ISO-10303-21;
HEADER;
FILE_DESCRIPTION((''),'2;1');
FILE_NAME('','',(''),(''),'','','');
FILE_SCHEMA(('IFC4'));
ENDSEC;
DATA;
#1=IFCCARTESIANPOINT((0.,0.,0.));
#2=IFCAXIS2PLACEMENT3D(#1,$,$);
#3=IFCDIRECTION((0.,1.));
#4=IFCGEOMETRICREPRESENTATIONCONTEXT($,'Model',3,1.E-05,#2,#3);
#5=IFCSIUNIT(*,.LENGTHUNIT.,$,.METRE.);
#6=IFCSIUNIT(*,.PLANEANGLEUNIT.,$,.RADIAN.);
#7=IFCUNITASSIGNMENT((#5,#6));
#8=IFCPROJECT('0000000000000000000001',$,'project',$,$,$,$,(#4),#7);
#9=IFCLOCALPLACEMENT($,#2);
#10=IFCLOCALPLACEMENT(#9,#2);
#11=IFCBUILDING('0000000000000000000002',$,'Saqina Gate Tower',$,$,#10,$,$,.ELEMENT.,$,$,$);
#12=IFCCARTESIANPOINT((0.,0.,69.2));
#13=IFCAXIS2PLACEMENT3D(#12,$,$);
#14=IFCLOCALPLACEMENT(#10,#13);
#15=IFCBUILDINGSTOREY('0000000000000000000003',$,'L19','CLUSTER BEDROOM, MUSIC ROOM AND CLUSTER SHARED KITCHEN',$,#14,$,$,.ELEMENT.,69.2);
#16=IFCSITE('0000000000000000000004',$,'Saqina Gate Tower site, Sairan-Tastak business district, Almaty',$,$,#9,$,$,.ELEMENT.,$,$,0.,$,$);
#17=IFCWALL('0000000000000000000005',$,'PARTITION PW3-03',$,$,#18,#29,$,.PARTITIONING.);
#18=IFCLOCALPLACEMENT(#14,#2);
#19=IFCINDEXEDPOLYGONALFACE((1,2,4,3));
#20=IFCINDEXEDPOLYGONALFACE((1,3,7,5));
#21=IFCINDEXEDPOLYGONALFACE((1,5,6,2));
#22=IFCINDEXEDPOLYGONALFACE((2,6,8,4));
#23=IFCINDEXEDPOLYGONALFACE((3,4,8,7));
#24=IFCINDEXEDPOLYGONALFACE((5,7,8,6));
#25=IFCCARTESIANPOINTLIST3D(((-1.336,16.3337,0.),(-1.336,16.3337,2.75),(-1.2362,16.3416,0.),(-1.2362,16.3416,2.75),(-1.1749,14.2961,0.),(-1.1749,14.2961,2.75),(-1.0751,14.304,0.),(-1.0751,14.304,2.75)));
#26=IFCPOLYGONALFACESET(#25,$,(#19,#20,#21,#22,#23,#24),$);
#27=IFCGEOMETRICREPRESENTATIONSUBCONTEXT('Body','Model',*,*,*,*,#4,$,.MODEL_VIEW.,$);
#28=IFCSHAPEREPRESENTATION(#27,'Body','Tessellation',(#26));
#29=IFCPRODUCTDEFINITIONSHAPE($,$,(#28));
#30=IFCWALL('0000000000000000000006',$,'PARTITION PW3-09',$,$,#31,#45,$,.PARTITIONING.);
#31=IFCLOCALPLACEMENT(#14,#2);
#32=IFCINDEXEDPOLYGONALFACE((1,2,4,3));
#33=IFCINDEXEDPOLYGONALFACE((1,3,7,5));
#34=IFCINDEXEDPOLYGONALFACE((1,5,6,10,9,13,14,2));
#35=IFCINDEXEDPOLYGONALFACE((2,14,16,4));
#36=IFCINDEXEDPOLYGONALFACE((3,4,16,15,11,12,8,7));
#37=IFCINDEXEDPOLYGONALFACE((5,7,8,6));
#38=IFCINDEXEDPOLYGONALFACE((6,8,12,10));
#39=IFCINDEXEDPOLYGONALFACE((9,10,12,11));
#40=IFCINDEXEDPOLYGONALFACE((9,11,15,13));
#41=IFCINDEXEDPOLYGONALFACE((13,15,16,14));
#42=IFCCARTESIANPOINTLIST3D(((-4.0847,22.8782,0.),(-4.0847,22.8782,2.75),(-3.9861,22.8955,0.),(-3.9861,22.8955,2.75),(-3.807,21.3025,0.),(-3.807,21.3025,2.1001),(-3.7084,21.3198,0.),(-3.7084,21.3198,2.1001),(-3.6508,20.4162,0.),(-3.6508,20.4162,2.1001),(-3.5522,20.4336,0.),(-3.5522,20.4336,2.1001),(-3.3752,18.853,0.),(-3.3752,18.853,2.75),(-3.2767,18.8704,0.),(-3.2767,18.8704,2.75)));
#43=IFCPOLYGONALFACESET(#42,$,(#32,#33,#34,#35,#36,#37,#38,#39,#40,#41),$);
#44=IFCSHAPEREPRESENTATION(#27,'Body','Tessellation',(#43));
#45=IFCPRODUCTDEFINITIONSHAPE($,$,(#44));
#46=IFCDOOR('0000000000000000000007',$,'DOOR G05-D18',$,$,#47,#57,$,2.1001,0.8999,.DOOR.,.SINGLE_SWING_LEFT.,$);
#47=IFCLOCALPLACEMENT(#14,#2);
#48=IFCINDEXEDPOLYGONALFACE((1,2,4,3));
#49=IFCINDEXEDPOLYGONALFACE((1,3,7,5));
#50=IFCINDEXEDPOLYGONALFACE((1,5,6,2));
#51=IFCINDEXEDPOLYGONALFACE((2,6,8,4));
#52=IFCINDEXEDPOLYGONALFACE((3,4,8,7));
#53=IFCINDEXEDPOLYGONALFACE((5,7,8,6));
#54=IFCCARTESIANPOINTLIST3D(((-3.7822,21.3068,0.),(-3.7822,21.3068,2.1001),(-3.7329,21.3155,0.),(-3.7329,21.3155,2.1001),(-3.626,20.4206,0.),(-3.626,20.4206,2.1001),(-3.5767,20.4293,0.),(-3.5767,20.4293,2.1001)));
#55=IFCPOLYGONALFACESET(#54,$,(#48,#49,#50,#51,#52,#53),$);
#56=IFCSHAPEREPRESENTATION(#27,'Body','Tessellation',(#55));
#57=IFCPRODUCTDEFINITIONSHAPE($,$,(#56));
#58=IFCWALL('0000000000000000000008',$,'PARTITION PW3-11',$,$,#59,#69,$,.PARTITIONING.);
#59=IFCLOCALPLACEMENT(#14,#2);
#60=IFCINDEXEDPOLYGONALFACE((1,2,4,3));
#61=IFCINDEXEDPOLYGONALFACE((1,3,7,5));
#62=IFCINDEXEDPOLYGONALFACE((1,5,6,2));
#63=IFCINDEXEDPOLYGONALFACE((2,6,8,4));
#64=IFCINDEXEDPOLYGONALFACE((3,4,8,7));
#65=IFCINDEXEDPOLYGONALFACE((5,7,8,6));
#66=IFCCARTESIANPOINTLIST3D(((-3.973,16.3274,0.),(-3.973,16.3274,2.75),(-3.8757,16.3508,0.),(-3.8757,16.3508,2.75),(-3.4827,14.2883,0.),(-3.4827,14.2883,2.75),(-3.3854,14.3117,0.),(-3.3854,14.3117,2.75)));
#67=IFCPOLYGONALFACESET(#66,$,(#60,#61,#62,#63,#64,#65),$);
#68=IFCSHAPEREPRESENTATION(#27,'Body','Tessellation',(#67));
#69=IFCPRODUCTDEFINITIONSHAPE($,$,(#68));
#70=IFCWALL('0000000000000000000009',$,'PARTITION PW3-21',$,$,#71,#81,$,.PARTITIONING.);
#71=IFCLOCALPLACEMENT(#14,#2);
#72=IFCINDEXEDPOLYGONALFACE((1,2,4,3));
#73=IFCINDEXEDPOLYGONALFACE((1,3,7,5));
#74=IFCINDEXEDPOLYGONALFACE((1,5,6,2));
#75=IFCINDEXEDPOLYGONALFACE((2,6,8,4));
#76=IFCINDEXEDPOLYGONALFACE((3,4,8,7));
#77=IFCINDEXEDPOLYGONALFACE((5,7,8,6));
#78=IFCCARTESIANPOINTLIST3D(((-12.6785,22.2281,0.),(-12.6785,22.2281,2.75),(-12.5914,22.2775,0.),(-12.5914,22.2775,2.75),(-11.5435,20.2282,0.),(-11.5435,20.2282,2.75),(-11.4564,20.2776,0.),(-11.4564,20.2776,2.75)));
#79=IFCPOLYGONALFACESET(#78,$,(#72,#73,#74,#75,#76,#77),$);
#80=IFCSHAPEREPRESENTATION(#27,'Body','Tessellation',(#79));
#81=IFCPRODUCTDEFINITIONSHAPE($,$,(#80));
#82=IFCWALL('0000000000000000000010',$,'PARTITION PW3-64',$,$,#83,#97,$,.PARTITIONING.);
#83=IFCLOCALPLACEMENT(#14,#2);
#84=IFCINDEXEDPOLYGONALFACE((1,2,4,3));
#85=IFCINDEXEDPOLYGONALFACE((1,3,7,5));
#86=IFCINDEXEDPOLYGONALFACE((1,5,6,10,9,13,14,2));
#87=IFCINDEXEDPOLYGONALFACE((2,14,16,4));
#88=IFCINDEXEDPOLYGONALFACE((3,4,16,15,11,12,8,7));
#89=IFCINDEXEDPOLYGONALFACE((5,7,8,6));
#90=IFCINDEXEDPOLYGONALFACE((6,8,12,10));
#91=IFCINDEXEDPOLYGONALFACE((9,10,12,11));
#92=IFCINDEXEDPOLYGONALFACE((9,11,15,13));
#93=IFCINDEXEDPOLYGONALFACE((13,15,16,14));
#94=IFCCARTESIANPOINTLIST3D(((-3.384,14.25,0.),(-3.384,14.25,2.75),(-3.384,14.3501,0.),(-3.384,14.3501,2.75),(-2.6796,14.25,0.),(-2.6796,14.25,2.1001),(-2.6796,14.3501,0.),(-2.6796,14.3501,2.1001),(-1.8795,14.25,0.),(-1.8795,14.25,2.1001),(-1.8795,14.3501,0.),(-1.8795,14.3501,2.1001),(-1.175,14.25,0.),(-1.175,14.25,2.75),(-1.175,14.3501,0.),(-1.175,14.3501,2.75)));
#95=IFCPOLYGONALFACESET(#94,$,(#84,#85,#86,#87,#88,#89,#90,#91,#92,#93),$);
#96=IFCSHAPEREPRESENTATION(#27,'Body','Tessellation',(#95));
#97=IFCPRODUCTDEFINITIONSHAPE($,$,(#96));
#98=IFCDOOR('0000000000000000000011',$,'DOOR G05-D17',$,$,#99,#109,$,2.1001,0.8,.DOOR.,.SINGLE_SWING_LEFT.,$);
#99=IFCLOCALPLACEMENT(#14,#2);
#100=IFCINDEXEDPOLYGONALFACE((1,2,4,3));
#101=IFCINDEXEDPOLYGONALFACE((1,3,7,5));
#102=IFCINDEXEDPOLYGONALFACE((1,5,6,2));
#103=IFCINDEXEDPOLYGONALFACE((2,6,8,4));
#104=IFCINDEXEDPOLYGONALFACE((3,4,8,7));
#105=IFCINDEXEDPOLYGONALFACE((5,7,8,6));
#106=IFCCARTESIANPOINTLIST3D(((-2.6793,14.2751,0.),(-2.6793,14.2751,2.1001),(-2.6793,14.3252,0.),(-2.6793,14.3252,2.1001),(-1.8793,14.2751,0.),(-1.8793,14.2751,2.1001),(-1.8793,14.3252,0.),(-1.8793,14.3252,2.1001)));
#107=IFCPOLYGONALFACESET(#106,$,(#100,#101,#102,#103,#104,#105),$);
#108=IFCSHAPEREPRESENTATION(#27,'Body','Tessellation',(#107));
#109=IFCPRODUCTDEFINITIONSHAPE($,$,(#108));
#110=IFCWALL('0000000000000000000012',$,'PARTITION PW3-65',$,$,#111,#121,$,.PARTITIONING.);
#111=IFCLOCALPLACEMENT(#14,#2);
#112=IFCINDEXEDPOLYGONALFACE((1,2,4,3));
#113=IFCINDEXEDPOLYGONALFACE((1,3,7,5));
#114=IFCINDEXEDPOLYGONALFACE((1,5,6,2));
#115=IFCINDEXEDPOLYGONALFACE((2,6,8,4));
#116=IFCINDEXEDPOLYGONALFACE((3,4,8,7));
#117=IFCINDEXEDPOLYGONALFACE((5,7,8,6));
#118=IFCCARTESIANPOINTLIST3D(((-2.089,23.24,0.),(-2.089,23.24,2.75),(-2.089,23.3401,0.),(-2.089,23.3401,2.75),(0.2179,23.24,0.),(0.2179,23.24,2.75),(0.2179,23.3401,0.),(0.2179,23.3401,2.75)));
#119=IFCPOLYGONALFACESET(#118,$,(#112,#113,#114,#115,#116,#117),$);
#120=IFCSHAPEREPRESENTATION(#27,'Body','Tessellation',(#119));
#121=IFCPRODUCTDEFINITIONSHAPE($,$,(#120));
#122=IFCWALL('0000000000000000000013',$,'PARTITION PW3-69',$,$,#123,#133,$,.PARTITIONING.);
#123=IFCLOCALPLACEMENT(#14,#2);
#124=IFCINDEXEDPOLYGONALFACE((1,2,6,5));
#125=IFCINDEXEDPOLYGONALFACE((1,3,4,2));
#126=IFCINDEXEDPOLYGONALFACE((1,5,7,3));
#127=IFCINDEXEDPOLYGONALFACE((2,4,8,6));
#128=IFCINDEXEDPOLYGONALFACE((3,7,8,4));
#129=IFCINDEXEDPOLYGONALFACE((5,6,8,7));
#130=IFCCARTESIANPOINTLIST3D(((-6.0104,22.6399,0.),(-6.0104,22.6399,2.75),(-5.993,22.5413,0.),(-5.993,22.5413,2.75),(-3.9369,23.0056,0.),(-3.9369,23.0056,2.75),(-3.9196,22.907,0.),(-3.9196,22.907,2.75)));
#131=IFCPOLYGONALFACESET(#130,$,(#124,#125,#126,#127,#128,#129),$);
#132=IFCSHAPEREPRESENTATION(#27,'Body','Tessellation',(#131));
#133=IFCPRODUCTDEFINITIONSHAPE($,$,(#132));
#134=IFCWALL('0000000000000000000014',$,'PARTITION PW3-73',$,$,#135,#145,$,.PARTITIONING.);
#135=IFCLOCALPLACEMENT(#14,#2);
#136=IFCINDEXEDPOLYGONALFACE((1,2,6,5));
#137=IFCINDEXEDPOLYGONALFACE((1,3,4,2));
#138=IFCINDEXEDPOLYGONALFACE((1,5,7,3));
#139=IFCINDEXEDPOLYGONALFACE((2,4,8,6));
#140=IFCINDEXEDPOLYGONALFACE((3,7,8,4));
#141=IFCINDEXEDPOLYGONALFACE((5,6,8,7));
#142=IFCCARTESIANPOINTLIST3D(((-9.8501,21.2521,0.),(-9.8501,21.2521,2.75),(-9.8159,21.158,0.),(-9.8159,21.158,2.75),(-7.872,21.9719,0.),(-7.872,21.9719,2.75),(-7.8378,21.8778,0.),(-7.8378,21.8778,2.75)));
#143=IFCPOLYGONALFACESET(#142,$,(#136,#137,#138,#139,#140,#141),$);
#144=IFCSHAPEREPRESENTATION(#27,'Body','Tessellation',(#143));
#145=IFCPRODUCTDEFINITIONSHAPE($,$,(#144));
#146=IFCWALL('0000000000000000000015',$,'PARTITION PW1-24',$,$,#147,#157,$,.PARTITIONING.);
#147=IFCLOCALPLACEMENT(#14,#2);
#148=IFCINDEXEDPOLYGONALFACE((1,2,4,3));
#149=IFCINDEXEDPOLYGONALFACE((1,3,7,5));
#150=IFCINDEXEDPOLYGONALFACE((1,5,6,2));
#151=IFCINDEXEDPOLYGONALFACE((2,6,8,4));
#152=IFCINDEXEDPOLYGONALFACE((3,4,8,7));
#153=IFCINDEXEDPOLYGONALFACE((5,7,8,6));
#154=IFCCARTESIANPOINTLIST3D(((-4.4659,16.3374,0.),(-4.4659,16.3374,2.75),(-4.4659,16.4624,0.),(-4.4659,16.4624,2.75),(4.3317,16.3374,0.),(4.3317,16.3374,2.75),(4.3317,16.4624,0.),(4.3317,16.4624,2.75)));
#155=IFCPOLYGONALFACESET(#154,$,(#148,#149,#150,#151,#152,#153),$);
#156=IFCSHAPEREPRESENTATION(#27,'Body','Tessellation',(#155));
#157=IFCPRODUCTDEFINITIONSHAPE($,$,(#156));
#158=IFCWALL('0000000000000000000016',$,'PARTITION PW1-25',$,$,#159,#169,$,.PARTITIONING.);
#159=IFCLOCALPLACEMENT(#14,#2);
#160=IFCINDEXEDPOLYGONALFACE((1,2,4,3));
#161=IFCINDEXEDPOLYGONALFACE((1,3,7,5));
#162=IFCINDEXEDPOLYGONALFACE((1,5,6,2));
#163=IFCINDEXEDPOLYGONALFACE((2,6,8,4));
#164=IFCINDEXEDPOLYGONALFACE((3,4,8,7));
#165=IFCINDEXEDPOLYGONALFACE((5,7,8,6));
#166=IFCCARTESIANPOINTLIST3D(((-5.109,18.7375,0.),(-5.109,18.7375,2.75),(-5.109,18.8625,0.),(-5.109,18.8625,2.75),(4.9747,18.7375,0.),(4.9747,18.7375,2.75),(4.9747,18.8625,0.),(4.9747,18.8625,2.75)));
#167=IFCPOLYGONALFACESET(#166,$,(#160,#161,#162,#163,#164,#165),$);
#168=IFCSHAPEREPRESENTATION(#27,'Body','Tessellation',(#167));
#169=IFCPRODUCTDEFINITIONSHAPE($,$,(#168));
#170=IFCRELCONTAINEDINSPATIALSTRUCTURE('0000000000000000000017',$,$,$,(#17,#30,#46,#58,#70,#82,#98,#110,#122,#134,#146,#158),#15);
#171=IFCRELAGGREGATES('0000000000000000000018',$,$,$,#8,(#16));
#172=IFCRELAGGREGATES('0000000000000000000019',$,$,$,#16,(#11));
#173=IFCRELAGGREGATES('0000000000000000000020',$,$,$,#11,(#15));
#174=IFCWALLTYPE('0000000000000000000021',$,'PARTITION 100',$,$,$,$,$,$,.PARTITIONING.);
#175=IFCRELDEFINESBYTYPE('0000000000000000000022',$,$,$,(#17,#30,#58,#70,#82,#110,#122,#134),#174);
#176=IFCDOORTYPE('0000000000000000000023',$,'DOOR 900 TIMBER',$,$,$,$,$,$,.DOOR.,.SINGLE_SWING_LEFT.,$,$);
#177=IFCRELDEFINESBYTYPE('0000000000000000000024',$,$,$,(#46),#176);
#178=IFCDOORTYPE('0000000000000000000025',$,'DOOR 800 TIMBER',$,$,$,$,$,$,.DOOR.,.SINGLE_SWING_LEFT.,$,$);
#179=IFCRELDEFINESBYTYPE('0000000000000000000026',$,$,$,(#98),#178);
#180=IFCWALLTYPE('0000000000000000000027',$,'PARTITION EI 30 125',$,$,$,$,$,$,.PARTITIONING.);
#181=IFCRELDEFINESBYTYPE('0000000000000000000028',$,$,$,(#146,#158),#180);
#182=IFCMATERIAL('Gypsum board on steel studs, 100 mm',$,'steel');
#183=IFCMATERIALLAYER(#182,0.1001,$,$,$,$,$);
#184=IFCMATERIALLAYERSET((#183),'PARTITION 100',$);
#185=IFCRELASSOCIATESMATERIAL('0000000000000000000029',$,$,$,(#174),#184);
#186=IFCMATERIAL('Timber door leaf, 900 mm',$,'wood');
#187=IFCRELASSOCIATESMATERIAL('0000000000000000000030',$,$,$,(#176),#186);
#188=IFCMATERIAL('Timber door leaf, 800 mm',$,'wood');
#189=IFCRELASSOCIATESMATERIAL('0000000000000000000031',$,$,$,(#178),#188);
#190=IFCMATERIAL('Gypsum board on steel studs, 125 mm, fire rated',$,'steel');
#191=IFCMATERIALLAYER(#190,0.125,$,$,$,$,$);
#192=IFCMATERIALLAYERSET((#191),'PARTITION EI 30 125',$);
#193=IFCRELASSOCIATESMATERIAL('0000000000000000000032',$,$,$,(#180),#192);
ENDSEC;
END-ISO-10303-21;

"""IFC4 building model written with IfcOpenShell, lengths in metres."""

from ifc_helpers import new_model, si_unit, direction, frame, frame_2d, origin, place, context, subcontext, project, spatial, rectangle, extrude, material, layer, layer_set, type_object, element, fill, save


model = new_model("IFC4")

# Units and contexts
model_context = context("Model", 3, precision=1e-05, world=origin(), true_north=direction((0.0, 1.0)))
body_context = subcontext(model_context, "Body", "Model", "MODEL_VIEW")
ifc_project = project(units=[si_unit("LENGTHUNIT", "METRE"), si_unit("PLANEANGLEUNIT", "RADIAN")], contexts=[model_context])

# Site, building, storey
site_placement = place(None, origin())
site = spatial("IfcSite", under=ifc_project, at=site_placement, Name="Saqina Gate Tower site, Sairan-Tastak business district, Almaty", CompositionType="ELEMENT", RefElevation=0.0)
building_placement = place(site_placement, origin())
building = spatial("IfcBuilding", under=site, at=building_placement, Name="Saqina Gate Tower", CompositionType="ELEMENT")
storey_placement = place(building_placement, frame((0.0, 0.0, 69.2)))
storey = spatial("IfcBuildingStorey", under=building, at=storey_placement, Name="L19", Description="CLUSTER BEDROOM, MUSIC ROOM AND CLUSTER SHARED KITCHEN", CompositionType="ELEMENT", Elevation=69.2)

# Wall
ifc_material_1 = material(Name="Gypsum board on steel studs, 100 mm", Category="steel")
ifc_layer_1 = layer(ifc_material_1, 0.1001)
ifc_layer_set_1 = layer_set([ifc_layer_1], Name="PARTITION 100")
wall_type_1 = type_object("IfcWallType", Name="PARTITION 100", PredefinedType="PARTITIONING", material=ifc_layer_set_1)
wall_1_placement = place(storey_placement, frame((-1.2861, 16.3376, 0.0), z_axis=(0.0, 0.0, 1.0), x_axis=(0.078834, -0.996888, 0.0)))
element("IfcWall", 1, at=wall_1_placement, inside=storey, type_object=wall_type_1, Name="PARTITION PW3-03", PredefinedType="PARTITIONING", context=body_context, shape_type="SweptSolid", body=[
    extrude(rectangle(XDim=2.0439, YDim=0.1001, at=frame_2d((1.022, 0.0))), origin(), (0.0, 0.0, 1.0), 2.75),
])

# Wall, opening, door
wall_2_placement = place(storey_placement, frame((-4.0354, 22.8867, 0.0), z_axis=(0.0, 0.0, 1.0), x_axis=(0.173584, -0.984819, 0.0)))
wall_2 = element("IfcWall", 2, at=wall_2_placement, inside=storey, type_object=wall_type_1, Name="PARTITION PW3-09", PredefinedType="PARTITIONING", context=body_context, shape_type="SweptSolid", body=[
    extrude(rectangle(XDim=4.0872, YDim=0.1001, at=frame_2d((2.0435, 0.0))), origin(), (0.0, 0.0, 1.0), 2.75),
])
opening_1_placement = place(wall_2_placement, frame((1.5999, 0.0, 0.0)))
opening_1 = element("IfcOpeningElement", 3, at=opening_1_placement, cuts=wall_2, PredefinedType="OPENING", context=body_context, shape_type="SweptSolid", body=[
    extrude(rectangle(XDim=0.8999, YDim=2.1001, at=frame_2d((0.45, 1.05))), frame((0.0, 0.062, 0.0), z_axis=(0.0, -1.0, 0.0), x_axis=(1.0, 0.0, 0.0)), (0.0, 0.0, 1.0), 0.124),
])
ifc_material_2 = material(Name="Timber door leaf, 900 mm", Category="wood")
door_type_1 = type_object("IfcDoorType", Name="DOOR 900 TIMBER", OperationType="SINGLE_SWING_LEFT", PredefinedType="DOOR", material=ifc_material_2)
door_1_placement = place(opening_1_placement, frame((0.8999, 0.0, 0.0), z_axis=(0.0, 0.0, 1.0), x_axis=(-1.0, 0.0, 0.0)))
door_1 = element("IfcDoor", 4, at=door_1_placement, inside=storey, type_object=door_type_1, Name="DOOR G05-D18", OperationType="SINGLE_SWING_LEFT", OverallHeight=2.1001, OverallWidth=0.8999, PredefinedType="DOOR", context=body_context, shape_type="SweptSolid", body=[
    extrude(rectangle(XDim=0.8999, YDim=2.1001, at=frame_2d((0.45, 1.05))), frame((0.0, 0.0249, 0.0), z_axis=(0.0, -1.0, 0.0), x_axis=(1.0, 0.0, 0.0)), (0.0, 0.0, 1.0), 0.05),
])
fill(opening_1, door_1)

# Walls
wall_3_placement = place(storey_placement, frame((-3.9243, 16.3391, 0.0), z_axis=(0.0, 0.0, 1.0), x_axis=(0.23376, -0.972294, 0.0)))
element("IfcWall", 5, at=wall_3_placement, inside=storey, type_object=wall_type_1, Name="PARTITION PW3-11", PredefinedType="PARTITIONING", context=body_context, shape_type="SweptSolid", body=[
    extrude(rectangle(XDim=2.0972, YDim=0.1001, at=frame_2d((1.0486, 0.0))), origin(), (0.0, 0.0, 1.0), 2.75),
])
wall_4_placement = place(storey_placement, frame((-12.635, 22.2529, 0.0), z_axis=(0.0, 0.0, 1.0), x_axis=(0.493564, -0.869709, 0.0)))
element("IfcWall", 6, at=wall_4_placement, inside=storey, type_object=wall_type_1, Name="PARTITION PW3-21", PredefinedType="PARTITIONING", context=body_context, shape_type="SweptSolid", body=[
    extrude(rectangle(XDim=2.2996, YDim=0.1001, at=frame_2d((1.1499, 0.0))), origin(), (0.0, 0.0, 1.0), 2.75),
])

# Wall, opening, door
wall_5_placement = place(storey_placement, frame((-3.384, 14.3, 0.0), z_axis=(0.0, 0.0, 1.0), x_axis=(1.0, 0.0, 0.0)))
wall_5 = element("IfcWall", 7, at=wall_5_placement, inside=storey, type_object=wall_type_1, Name="PARTITION PW3-64", PredefinedType="PARTITIONING", context=body_context, shape_type="SweptSolid", body=[
    extrude(rectangle(XDim=2.209, YDim=0.1001, at=frame_2d((1.1045, 0.0))), origin(), (0.0, 0.0, 1.0), 2.75),
])
opening_2_placement = place(wall_5_placement, frame((0.7046, 0.0, 0.0)))
opening_2 = element("IfcOpeningElement", 8, at=opening_2_placement, cuts=wall_5, PredefinedType="OPENING", context=body_context, shape_type="SweptSolid", body=[
    extrude(rectangle(XDim=0.8, YDim=2.1001, at=frame_2d((0.3999, 1.05))), frame((0.0, 0.062, 0.0), z_axis=(0.0, -1.0, 0.0), x_axis=(1.0, 0.0, 0.0)), (0.0, 0.0, 1.0), 0.124),
])
ifc_material_3 = material(Name="Timber door leaf, 800 mm", Category="wood")
door_type_2 = type_object("IfcDoorType", Name="DOOR 800 TIMBER", OperationType="SINGLE_SWING_LEFT", PredefinedType="DOOR", material=ifc_material_3)
door_2_placement = place(opening_2_placement, frame((0.8, 0.0, 0.0), z_axis=(0.0, 0.0, 1.0), x_axis=(-1.0, 0.0, 0.0)))
door_2 = element("IfcDoor", 9, at=door_2_placement, inside=storey, type_object=door_type_2, Name="DOOR G05-D17", OperationType="SINGLE_SWING_LEFT", OverallHeight=2.1001, OverallWidth=0.8, PredefinedType="DOOR", context=body_context, shape_type="SweptSolid", body=[
    extrude(rectangle(XDim=0.8, YDim=2.1001, at=frame_2d((0.3999, 1.05))), frame((0.0, 0.0249, 0.0), z_axis=(0.0, -1.0, 0.0), x_axis=(1.0, 0.0, 0.0)), (0.0, 0.0, 1.0), 0.05),
])
fill(opening_2, door_2)

# Walls
wall_6_placement = place(storey_placement, frame((-2.0889, 23.29, 0.0), z_axis=(0.0, 0.0, 1.0), x_axis=(1.0, 0.0, 0.0)))
element("IfcWall", 10, at=wall_6_placement, inside=storey, type_object=wall_type_1, Name="PARTITION PW3-65", PredefinedType="PARTITIONING", context=body_context, shape_type="SweptSolid", body=[
    extrude(rectangle(XDim=2.3069, YDim=0.1001, at=frame_2d((1.1533, 0.0))), origin(), (0.0, 0.0, 1.0), 2.75),
])
wall_7_placement = place(storey_placement, frame((-6.0017, 22.5906, 0.0), z_axis=(0.0, 0.0, 1.0), x_axis=(0.984799, 0.173699, 0.0)))
element("IfcWall", 11, at=wall_7_placement, inside=storey, type_object=wall_type_1, Name="PARTITION PW3-69", PredefinedType="PARTITIONING", context=body_context, shape_type="SweptSolid", body=[
    extrude(rectangle(XDim=2.1055, YDim=0.1001, at=frame_2d((1.0527, 0.0))), origin(), (0.0, 0.0, 1.0), 2.75),
])
wall_8_placement = place(storey_placement, frame((-9.833, 21.2051, 0.0), z_axis=(0.0, 0.0, 1.0), x_axis=(0.939726, 0.341929, 0.0)))
element("IfcWall", 12, at=wall_8_placement, inside=storey, type_object=wall_type_1, Name="PARTITION PW3-73", PredefinedType="PARTITIONING", context=body_context, shape_type="SweptSolid", body=[
    extrude(rectangle(XDim=2.105, YDim=0.1001, at=frame_2d((1.0525, 0.0))), origin(), (0.0, 0.0, 1.0), 2.75),
])
ifc_material_4 = material(Name="Gypsum board on steel studs, 125 mm, fire rated", Category="steel")
ifc_layer_2 = layer(ifc_material_4, 0.125)
ifc_layer_set_2 = layer_set([ifc_layer_2], Name="PARTITION EI 30 125")
wall_type_2 = type_object("IfcWallType", Name="PARTITION EI 30 125", PredefinedType="PARTITIONING", material=ifc_layer_set_2)
wall_9_placement = place(storey_placement, frame((-4.4661, 16.3999, 0.0), z_axis=(0.0, 0.0, 1.0), x_axis=(1.0, 0.0, 0.0)))
element("IfcWall", 13, at=wall_9_placement, inside=storey, type_object=wall_type_2, Name="PARTITION PW1-24", PredefinedType="PARTITIONING", context=body_context, shape_type="SweptSolid", body=[
    extrude(rectangle(XDim=8.7976, YDim=0.125, at=frame_2d((4.3989, 0.0))), origin(), (0.0, 0.0, 1.0), 2.75),
])
wall_10_placement = place(storey_placement, frame((-5.1091, 18.8, 0.0), z_axis=(0.0, 0.0, 1.0), x_axis=(1.0, 0.0, 0.0)))
element("IfcWall", 14, at=wall_10_placement, inside=storey, type_object=wall_type_2, Name="PARTITION PW1-25", PredefinedType="PARTITIONING", context=body_context, shape_type="SweptSolid", body=[
    extrude(rectangle(XDim=10.0837, YDim=0.125, at=frame_2d((5.042, 0.0))), origin(), (0.0, 0.0, 1.0), 2.75),
])

save(model, "model.ifc")
